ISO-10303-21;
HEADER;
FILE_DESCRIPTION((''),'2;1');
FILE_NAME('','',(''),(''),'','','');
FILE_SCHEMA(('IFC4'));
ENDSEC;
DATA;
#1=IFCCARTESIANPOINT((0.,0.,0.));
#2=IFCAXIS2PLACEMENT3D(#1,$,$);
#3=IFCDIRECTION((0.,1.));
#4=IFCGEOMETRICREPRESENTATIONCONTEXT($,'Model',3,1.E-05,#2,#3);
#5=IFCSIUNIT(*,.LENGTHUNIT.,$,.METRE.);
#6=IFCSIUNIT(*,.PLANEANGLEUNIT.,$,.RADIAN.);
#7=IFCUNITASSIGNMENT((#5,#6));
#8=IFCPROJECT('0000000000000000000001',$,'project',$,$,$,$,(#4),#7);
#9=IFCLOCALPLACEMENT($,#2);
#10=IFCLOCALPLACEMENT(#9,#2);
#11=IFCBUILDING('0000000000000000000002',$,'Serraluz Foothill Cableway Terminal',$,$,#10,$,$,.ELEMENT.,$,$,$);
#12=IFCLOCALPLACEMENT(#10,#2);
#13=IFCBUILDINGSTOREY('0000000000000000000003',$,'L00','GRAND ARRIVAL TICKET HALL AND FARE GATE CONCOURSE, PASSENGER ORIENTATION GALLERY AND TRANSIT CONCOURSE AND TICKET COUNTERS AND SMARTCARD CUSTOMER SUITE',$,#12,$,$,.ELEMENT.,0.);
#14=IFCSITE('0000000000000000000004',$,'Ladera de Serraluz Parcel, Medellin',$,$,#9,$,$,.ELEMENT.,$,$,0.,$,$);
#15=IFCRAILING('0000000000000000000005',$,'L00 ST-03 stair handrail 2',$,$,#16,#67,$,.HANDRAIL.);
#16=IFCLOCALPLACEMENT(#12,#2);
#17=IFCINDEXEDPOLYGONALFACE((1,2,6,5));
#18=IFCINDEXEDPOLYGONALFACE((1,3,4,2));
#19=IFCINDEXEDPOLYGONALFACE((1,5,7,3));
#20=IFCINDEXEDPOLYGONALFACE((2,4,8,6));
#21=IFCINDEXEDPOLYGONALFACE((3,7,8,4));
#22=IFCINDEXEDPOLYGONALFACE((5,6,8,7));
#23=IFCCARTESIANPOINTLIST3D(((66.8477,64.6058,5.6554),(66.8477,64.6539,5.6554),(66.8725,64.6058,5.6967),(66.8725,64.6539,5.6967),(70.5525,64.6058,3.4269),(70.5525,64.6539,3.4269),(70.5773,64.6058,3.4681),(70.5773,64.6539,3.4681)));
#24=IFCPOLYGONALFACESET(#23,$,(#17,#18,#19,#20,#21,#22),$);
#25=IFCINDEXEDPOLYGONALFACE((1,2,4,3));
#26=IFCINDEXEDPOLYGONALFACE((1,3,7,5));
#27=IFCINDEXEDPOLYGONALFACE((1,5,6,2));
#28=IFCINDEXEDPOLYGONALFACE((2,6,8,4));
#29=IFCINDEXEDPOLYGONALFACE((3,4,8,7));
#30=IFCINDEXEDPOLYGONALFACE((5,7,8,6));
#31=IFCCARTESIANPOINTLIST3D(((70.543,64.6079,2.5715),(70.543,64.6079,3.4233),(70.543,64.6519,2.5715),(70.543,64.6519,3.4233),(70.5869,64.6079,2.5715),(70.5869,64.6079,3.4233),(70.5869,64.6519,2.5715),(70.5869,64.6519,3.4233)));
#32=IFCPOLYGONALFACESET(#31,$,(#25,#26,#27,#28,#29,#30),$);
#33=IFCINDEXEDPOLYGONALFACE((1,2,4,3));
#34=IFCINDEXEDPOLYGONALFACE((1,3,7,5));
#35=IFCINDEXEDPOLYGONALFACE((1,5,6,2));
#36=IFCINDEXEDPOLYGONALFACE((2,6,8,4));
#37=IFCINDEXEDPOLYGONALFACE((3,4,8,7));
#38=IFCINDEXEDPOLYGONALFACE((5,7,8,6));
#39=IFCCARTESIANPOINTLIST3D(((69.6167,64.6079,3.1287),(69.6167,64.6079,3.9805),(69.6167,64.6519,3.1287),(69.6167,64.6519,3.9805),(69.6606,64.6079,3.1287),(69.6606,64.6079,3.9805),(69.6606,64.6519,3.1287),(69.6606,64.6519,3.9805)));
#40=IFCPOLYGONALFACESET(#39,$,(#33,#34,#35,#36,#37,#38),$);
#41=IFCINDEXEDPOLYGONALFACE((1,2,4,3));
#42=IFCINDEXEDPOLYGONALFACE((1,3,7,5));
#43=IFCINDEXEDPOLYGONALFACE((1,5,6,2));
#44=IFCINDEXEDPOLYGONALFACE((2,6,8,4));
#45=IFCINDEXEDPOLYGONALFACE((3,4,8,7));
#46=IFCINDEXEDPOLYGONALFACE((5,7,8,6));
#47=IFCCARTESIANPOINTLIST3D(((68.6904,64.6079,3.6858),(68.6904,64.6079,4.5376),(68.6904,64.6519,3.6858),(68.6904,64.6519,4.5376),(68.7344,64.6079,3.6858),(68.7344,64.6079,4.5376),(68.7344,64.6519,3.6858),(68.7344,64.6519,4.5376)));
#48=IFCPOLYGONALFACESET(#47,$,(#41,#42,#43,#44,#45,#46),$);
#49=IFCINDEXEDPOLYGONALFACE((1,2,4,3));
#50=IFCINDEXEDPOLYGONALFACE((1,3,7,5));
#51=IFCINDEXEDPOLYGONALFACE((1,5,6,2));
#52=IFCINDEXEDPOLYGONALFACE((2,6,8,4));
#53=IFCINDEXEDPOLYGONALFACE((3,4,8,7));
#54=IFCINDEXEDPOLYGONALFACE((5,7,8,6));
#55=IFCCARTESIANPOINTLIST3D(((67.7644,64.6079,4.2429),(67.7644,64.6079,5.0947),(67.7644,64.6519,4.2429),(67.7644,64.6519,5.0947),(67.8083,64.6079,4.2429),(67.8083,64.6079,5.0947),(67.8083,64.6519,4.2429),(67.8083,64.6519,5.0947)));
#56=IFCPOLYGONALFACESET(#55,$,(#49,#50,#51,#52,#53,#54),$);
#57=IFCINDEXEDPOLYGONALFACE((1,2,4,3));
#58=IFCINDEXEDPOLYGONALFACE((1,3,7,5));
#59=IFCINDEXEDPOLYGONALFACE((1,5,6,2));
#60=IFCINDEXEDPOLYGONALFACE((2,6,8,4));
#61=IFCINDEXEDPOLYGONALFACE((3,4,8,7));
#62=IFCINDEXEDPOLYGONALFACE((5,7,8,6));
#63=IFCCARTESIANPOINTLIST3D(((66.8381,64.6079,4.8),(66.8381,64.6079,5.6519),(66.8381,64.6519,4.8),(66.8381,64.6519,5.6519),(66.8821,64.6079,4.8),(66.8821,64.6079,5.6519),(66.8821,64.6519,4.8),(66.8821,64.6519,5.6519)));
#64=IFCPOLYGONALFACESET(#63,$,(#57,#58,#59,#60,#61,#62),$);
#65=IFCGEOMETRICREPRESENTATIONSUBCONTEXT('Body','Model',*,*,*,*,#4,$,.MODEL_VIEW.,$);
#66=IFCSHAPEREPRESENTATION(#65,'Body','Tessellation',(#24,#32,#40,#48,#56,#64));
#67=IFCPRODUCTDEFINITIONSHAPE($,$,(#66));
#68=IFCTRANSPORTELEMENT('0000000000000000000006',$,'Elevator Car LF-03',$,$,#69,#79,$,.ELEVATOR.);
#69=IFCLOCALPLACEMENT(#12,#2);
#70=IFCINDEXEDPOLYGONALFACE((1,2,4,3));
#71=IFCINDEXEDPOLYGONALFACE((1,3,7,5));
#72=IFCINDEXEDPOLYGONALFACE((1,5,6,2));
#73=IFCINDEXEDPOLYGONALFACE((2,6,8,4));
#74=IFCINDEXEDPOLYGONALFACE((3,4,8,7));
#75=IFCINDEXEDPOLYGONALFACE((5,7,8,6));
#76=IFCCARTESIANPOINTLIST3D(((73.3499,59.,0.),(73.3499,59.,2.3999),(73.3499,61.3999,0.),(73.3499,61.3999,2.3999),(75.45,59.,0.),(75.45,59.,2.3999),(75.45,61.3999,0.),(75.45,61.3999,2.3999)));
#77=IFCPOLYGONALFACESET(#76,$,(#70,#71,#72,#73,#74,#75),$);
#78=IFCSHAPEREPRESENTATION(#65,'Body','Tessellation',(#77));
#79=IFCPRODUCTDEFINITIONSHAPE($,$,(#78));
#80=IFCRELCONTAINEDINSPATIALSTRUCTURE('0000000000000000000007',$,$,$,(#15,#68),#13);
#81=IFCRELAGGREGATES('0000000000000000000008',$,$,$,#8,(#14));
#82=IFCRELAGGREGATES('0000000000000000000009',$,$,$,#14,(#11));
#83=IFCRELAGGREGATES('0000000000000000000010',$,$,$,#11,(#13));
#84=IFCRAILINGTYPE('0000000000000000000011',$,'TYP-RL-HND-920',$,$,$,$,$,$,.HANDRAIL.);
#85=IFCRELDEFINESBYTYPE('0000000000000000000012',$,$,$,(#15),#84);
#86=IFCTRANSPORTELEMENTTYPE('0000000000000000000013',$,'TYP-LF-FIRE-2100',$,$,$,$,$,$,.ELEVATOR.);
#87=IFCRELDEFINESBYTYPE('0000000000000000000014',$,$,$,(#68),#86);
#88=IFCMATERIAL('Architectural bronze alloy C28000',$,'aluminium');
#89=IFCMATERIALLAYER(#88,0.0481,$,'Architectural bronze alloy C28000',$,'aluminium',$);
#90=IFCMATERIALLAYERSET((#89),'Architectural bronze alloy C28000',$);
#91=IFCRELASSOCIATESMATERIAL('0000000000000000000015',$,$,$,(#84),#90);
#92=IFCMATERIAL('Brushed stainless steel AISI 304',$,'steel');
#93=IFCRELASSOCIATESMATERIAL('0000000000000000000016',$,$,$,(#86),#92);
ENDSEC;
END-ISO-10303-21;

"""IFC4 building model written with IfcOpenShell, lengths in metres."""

from ifc_helpers import new_model, si_unit, direction, frame, origin, origin_2d, place, context, subcontext, project, spatial, rectangle, extrude, material, layer, layer_set, type_object, element, save


model = new_model("IFC4")

# Units and contexts
model_context = context("Model", 3, precision=1e-05, world=origin(), true_north=direction((0.0, 1.0)))
body_context = subcontext(model_context, "Body", "Model", "MODEL_VIEW")
ifc_project = project(units=[si_unit("LENGTHUNIT", "METRE"), si_unit("PLANEANGLEUNIT", "RADIAN")], contexts=[model_context])

# Site, building, storey
site_placement = place(None, origin())
site = spatial("IfcSite", under=ifc_project, at=site_placement, Name="Ladera de Serraluz Parcel, Medellin", CompositionType="ELEMENT", RefElevation=0.0)
building_placement = place(site_placement, origin())
building = spatial("IfcBuilding", under=site, at=building_placement, Name="Serraluz Foothill Cableway Terminal", CompositionType="ELEMENT")
storey_placement = place(building_placement, origin())
storey = spatial("IfcBuildingStorey", under=building, at=storey_placement, Name="L00", Description="GRAND ARRIVAL TICKET HALL AND FARE GATE CONCOURSE, PASSENGER ORIENTATION GALLERY AND TRANSIT CONCOURSE AND TICKET COUNTERS AND SMARTCARD CUSTOMER SUITE", CompositionType="ELEMENT", Elevation=0.0)

# Railing
ifc_material_1 = material(Name="Architectural bronze alloy C28000", Category="aluminium")
ifc_layer_1 = layer(ifc_material_1, 0.0481, Name="Architectural bronze alloy C28000", Category="aluminium")
ifc_layer_set_1 = layer_set([ifc_layer_1], Name="Architectural bronze alloy C28000")
railing_type_1 = type_object("IfcRailingType", Name="TYP-RL-HND-920", PredefinedType="HANDRAIL", material=ifc_layer_set_1)
railing_1_placement = place(storey_placement, frame((70.5649, 64.6299, 2.5715)))
element("IfcRailing", 1, at=railing_1_placement, inside=storey, type_object=railing_type_1, Name="L00 ST-03 stair handrail 2", PredefinedType="HANDRAIL", context=body_context, shape_type="SweptSolid", body=[
    extrude(rectangle(XDim=0.0481, YDim=0.0481, at=origin_2d()), frame((0.0, 0.0, 0.876), z_axis=(-0.856919, 0.0, 0.51545), x_axis=(0.0, -1.0, 0.0)), (0.0, 0.0, 1.0), 4.3235),
    extrude(rectangle(XDim=0.0439, YDim=0.0439, at=origin_2d()), origin(), (0.0, 0.0, 1.0), 0.8518),
    extrude(rectangle(XDim=0.0439, YDim=0.0439, at=origin_2d()), frame((-0.9263, 0.0, 0.5571)), (0.0, 0.0, 1.0), 0.8518),
    extrude(rectangle(XDim=0.0439, YDim=0.0439, at=origin_2d()), frame((-1.8525, 0.0, 1.1143)), (0.0, 0.0, 1.0), 0.8518),
    extrude(rectangle(XDim=0.0439, YDim=0.0439, at=origin_2d()), frame((-2.7786, 0.0, 1.6714)), (0.0, 0.0, 1.0), 0.8518),
    extrude(rectangle(XDim=0.0439, YDim=0.0439, at=origin_2d()), frame((-3.7048, 0.0, 2.2285)), (0.0, 0.0, 1.0), 0.8518),
])

# Transport element
ifc_material_2 = material(Name="Brushed stainless steel AISI 304", Category="steel")
transport_element_type = type_object("IfcTransportElementType", Name="TYP-LF-FIRE-2100", PredefinedType="ELEVATOR", material=ifc_material_2)
transport_element_placement = place(storey_placement, frame((74.3999, 60.2, 0.0), z_axis=(0.0, 0.0, 1.0), x_axis=(1.0, 0.0, 0.0)))
element("IfcTransportElement", 2, at=transport_element_placement, inside=storey, type_object=transport_element_type, Name="Elevator Car LF-03", PredefinedType="ELEVATOR", context=body_context, shape_type="SweptSolid", body=[
    extrude(rectangle(XDim=2.1001, YDim=2.3999, at=origin_2d()), origin(), (0.0, 0.0, 1.0), 2.3999),
])

save(model, "model.ifc")
